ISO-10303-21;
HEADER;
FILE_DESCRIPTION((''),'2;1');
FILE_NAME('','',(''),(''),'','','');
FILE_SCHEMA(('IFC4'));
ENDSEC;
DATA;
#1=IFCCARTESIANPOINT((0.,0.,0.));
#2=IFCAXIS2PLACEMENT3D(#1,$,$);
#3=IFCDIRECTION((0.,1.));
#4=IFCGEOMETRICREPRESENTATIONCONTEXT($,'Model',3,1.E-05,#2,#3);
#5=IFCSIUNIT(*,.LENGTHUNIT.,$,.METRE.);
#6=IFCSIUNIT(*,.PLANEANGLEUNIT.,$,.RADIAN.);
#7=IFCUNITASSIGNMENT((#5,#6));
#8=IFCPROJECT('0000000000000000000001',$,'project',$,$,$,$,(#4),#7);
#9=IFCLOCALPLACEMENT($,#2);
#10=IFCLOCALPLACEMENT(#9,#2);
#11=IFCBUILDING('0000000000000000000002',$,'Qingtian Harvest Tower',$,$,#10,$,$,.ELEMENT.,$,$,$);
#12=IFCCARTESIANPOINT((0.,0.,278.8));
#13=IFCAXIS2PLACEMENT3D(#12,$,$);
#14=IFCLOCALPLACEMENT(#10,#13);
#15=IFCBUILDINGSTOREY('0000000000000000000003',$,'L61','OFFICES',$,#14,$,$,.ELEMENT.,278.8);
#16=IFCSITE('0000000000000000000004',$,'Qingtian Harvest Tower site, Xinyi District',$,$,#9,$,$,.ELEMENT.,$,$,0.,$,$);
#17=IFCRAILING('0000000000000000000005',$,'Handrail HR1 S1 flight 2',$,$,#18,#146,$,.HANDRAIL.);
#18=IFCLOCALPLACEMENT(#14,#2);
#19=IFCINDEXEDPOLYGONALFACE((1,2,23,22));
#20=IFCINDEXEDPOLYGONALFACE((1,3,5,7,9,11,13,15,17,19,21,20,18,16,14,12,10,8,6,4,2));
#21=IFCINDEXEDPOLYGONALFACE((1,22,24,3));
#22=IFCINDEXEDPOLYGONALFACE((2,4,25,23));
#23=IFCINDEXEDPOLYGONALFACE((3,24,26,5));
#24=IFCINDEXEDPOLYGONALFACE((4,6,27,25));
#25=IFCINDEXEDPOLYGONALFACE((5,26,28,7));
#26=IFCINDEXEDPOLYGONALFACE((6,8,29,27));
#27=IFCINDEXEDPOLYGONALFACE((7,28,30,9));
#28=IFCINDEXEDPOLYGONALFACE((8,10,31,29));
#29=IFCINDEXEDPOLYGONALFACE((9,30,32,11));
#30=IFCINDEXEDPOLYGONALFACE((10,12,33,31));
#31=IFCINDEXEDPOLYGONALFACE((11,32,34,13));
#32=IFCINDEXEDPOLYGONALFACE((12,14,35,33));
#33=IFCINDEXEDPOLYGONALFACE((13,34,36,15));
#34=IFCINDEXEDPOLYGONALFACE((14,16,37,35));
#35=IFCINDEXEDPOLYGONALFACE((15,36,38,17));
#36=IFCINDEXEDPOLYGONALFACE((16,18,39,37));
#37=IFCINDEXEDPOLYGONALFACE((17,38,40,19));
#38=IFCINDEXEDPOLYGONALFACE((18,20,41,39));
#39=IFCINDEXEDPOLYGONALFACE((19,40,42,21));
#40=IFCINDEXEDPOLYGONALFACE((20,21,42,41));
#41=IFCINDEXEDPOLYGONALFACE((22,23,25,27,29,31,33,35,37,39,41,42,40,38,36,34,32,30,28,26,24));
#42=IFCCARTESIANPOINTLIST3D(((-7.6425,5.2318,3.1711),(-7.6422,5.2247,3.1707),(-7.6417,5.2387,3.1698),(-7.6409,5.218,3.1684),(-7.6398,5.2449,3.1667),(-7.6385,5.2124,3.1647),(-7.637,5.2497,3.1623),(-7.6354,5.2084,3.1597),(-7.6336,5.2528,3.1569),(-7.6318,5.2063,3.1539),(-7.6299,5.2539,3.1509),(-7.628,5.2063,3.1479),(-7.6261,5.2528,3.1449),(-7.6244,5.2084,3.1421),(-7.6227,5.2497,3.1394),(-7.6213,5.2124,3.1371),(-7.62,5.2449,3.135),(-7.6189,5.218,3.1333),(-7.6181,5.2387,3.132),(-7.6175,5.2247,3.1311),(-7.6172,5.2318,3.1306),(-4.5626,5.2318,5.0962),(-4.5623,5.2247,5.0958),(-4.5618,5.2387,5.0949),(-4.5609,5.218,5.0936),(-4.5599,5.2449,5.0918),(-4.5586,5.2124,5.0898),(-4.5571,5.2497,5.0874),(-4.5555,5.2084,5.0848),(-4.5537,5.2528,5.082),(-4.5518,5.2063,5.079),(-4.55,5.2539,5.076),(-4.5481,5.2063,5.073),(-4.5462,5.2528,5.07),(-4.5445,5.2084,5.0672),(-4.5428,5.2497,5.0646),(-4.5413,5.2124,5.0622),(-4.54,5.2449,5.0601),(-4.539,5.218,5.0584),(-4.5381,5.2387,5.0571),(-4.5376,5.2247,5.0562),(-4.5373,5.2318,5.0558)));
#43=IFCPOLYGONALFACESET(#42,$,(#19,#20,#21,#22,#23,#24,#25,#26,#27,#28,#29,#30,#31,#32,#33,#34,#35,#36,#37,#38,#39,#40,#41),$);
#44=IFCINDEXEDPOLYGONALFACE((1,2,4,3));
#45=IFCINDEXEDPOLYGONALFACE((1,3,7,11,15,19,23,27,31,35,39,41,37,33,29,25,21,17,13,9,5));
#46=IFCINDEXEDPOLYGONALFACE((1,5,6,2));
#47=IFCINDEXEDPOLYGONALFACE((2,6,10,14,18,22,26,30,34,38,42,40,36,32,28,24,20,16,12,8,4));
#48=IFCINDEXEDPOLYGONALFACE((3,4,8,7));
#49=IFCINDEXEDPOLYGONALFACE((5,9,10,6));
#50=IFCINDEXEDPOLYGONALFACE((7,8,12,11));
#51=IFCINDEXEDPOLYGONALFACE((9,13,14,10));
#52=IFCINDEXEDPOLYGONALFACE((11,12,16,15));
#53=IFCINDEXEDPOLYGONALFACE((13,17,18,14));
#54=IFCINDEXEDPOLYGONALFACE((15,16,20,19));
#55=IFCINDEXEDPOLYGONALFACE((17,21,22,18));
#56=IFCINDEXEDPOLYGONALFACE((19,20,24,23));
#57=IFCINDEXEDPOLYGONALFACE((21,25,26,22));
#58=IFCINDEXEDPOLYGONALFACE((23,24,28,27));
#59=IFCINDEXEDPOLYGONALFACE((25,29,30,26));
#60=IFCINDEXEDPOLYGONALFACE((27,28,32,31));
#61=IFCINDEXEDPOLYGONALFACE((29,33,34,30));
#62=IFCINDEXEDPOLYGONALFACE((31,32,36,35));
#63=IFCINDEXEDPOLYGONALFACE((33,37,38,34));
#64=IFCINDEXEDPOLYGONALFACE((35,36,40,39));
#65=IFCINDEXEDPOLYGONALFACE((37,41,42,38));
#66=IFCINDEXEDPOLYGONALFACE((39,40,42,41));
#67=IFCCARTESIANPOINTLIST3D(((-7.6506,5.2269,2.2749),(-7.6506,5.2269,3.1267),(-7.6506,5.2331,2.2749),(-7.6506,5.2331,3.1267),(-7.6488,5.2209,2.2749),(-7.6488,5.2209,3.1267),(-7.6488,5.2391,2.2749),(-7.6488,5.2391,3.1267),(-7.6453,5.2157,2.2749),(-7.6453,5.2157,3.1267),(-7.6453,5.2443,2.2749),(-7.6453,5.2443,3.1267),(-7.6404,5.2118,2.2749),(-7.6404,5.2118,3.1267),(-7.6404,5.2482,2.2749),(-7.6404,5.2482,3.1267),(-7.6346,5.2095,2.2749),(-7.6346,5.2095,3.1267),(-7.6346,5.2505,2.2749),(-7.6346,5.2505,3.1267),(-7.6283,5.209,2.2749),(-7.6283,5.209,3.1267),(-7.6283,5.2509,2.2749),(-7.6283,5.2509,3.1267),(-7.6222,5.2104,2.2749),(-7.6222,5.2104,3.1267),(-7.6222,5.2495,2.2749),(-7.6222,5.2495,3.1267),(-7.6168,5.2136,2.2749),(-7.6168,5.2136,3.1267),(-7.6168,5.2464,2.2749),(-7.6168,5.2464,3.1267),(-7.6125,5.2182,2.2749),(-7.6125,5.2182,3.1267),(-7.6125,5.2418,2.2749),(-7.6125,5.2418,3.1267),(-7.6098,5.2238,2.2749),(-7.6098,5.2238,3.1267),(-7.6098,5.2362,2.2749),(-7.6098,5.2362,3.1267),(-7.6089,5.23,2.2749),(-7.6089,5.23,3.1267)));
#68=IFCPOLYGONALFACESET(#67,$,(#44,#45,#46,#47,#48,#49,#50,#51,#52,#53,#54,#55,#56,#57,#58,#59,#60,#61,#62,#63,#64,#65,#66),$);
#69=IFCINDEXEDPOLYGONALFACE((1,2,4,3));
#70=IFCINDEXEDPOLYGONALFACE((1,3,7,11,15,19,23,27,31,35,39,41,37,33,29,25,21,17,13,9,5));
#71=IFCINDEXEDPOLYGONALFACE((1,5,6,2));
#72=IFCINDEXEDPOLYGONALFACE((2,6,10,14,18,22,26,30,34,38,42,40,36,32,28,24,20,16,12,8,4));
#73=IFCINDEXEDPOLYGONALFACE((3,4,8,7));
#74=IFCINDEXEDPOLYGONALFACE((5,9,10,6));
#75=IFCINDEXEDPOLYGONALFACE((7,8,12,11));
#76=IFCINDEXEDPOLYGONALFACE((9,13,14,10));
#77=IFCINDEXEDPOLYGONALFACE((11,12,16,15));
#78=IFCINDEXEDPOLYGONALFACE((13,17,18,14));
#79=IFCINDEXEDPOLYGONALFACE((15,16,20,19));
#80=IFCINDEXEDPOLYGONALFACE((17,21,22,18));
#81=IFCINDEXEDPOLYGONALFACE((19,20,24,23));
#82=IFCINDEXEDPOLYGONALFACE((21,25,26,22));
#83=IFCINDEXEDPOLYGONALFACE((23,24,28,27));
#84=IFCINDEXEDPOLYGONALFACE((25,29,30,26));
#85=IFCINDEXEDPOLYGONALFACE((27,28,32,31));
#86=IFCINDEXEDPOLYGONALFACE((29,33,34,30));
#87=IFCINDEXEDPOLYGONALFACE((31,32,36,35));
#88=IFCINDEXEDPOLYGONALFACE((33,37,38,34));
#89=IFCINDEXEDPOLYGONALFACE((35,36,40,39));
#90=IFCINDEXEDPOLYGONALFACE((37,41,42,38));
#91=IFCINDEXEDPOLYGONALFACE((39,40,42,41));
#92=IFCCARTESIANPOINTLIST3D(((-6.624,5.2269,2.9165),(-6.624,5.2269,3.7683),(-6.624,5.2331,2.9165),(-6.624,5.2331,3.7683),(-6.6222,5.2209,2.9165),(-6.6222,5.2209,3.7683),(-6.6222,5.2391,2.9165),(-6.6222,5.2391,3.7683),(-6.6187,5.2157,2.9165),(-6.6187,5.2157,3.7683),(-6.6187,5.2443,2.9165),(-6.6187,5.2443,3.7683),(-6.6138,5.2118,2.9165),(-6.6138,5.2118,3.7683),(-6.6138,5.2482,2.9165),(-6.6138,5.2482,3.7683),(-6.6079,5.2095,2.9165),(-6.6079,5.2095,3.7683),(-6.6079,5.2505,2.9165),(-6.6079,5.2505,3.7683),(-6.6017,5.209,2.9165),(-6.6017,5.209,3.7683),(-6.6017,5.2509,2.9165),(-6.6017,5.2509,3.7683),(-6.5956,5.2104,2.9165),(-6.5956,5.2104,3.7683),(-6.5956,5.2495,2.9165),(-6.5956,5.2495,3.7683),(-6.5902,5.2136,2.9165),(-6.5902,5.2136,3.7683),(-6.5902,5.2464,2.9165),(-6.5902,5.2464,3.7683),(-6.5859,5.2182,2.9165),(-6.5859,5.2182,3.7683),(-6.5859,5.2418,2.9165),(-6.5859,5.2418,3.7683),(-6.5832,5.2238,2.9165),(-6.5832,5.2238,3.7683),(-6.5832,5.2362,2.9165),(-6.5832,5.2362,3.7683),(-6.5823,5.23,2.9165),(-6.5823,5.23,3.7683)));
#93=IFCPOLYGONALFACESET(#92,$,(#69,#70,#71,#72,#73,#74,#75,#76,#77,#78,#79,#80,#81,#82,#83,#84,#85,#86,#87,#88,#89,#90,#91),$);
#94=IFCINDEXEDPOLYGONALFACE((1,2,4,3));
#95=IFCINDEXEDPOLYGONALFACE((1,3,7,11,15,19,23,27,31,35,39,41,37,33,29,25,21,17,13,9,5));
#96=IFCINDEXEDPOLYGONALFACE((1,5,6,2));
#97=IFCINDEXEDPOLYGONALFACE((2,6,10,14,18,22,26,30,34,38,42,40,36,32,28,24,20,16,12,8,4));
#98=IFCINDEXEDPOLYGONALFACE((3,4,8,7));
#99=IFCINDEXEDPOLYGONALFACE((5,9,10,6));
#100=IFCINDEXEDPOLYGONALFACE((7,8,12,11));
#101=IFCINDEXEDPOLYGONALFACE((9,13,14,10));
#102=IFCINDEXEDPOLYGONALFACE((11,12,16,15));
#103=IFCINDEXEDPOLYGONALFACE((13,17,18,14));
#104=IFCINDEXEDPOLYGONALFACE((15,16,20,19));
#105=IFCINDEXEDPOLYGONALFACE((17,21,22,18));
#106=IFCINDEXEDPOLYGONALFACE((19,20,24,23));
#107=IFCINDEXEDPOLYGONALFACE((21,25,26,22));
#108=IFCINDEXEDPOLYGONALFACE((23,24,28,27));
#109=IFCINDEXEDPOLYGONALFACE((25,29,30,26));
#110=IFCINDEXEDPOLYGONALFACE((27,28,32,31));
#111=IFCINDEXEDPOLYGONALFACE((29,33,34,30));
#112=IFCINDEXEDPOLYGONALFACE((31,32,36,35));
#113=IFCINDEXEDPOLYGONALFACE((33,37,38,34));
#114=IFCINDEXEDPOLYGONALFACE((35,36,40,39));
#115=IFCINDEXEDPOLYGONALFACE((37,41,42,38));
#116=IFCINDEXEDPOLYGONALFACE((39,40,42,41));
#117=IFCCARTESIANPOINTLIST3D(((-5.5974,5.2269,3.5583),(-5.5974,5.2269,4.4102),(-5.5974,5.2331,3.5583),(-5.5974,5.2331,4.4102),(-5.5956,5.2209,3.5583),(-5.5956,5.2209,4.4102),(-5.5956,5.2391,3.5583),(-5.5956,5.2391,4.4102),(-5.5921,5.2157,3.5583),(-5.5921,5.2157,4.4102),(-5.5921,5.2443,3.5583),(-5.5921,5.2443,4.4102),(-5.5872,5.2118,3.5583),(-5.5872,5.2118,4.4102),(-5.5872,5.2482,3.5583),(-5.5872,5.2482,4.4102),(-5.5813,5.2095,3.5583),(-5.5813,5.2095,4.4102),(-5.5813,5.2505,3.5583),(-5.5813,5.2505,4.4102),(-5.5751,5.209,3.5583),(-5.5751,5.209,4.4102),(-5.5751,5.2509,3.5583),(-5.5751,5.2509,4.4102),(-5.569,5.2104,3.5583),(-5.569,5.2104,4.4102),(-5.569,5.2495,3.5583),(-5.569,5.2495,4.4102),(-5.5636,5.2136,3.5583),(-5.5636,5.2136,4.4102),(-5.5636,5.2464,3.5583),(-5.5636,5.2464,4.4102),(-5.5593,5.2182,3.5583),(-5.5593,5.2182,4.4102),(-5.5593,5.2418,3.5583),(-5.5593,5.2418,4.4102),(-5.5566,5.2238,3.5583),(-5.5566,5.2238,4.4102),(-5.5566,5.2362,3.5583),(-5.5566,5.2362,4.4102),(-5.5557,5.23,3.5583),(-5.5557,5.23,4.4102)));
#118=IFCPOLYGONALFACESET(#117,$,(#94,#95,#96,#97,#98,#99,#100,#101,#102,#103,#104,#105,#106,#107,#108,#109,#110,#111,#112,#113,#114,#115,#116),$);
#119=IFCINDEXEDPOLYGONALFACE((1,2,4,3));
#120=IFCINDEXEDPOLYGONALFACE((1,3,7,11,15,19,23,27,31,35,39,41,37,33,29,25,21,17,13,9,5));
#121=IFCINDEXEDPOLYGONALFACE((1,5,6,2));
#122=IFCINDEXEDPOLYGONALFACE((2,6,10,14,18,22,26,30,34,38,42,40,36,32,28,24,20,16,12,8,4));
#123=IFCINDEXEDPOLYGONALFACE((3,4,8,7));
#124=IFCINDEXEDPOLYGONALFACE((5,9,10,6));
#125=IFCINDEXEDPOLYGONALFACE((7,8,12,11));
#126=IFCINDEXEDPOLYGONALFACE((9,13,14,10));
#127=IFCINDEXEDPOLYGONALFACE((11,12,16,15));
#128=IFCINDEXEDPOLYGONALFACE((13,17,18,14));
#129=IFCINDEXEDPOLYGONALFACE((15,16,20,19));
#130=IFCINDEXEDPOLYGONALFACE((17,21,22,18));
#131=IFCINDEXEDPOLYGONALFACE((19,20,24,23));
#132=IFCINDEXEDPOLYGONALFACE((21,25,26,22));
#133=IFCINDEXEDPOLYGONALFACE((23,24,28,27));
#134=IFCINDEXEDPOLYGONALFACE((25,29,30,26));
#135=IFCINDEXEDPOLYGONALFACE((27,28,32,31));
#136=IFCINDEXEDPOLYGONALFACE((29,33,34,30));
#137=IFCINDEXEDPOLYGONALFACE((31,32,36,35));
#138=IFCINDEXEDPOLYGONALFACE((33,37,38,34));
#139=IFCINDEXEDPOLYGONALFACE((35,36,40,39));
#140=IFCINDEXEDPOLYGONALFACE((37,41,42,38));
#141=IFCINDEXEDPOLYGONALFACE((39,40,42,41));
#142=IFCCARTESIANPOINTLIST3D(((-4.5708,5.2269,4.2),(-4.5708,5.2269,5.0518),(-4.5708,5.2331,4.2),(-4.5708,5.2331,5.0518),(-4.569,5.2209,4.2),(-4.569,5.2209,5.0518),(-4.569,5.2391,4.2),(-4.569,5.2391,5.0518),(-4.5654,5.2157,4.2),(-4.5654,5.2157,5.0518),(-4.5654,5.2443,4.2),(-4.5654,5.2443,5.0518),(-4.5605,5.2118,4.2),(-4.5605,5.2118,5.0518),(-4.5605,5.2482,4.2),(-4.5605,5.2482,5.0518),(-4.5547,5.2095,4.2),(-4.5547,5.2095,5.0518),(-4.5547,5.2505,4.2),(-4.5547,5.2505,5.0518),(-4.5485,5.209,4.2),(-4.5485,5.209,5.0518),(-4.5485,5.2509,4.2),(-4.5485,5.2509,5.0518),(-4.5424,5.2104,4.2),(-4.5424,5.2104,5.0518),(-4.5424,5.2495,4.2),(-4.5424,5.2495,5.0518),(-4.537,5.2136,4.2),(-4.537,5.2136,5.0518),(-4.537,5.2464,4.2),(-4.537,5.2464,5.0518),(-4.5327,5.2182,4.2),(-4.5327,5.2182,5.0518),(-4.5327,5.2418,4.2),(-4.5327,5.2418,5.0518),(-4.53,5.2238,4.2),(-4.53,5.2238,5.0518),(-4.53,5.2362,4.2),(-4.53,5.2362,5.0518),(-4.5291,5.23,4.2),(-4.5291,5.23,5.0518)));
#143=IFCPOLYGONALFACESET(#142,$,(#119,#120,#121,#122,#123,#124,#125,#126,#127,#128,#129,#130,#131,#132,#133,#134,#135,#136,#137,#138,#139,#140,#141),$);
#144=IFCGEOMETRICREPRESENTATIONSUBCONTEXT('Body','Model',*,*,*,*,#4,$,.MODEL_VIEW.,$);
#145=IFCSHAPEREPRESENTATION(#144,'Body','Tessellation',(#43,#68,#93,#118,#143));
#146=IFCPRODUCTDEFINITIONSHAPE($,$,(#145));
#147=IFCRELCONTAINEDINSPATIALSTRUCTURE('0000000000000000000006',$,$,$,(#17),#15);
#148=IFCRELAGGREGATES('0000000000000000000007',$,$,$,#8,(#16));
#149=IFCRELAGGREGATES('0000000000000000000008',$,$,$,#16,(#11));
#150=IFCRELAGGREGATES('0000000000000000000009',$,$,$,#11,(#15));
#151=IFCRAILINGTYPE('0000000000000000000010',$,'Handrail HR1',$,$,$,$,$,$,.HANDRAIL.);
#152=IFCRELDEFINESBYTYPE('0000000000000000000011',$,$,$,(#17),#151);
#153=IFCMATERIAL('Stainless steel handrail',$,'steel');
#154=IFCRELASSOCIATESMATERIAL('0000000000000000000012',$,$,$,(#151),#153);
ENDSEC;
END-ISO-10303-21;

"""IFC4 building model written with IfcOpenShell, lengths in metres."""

from ifc_helpers import new_model, si_unit, direction, frame, origin, origin_2d, place, context, subcontext, project, spatial, circle, extrude, material, type_object, element, save


model = new_model("IFC4")

# Units and contexts
model_context = context("Model", 3, precision=1e-05, world=origin(), true_north=direction((0.0, 1.0)))
body_context = subcontext(model_context, "Body", "Model", "MODEL_VIEW")
ifc_project = project(units=[si_unit("LENGTHUNIT", "METRE"), si_unit("PLANEANGLEUNIT", "RADIAN")], contexts=[model_context])

# Site, building, storey
site_placement = place(None, origin())
site = spatial("IfcSite", under=ifc_project, at=site_placement, Name="Qingtian Harvest Tower site, Xinyi District", CompositionType="ELEMENT", RefElevation=0.0)
building_placement = place(site_placement, origin())
building = spatial("IfcBuilding", under=site, at=building_placement, Name="Qingtian Harvest Tower", CompositionType="ELEMENT")
storey_placement = place(building_placement, frame((0.0, 0.0, 278.8)))
storey = spatial("IfcBuildingStorey", under=building, at=storey_placement, Name="L61", Description="OFFICES", CompositionType="ELEMENT", Elevation=278.8)

# Railing
ifc_material_1 = material(Name="Stainless steel handrail", Category="steel")
railing_type = type_object("IfcRailingType", Name="Handrail HR1", PredefinedType="HANDRAIL", material=ifc_material_1)
railing_1_placement = place(storey_placement, frame((-7.6299, 5.23, 2.2749)))
element("IfcRailing", 1, at=railing_1_placement, inside=storey, type_object=railing_type, Name="Handrail HR1 S1 flight 2", PredefinedType="HANDRAIL", context=body_context, shape_type="SweptSolid", body=[
    extrude(circle(Radius=0.0239, at=origin_2d()), frame((0.0, 0.0, 0.876), z_axis=(0.847979, 0.0, 0.530029), x_axis=(0.0, 1.0, 0.0)), (0.0, 0.0, 1.0), 3.6321),
    extrude(circle(Radius=0.021, at=origin_2d()), origin(), (0.0, 0.0, 1.0), 0.8518),
    extrude(circle(Radius=0.021, at=origin_2d()), frame((1.0266, 0.0, 0.6416)), (0.0, 0.0, 1.0), 0.8518),
    extrude(circle(Radius=0.021, at=origin_2d()), frame((2.0532, 0.0, 1.2834)), (0.0, 0.0, 1.0), 0.8518),
    extrude(circle(Radius=0.021, at=origin_2d()), frame((3.0798, 0.0, 1.925)), (0.0, 0.0, 1.0), 0.8518),
])

save(model, "model.ifc")
